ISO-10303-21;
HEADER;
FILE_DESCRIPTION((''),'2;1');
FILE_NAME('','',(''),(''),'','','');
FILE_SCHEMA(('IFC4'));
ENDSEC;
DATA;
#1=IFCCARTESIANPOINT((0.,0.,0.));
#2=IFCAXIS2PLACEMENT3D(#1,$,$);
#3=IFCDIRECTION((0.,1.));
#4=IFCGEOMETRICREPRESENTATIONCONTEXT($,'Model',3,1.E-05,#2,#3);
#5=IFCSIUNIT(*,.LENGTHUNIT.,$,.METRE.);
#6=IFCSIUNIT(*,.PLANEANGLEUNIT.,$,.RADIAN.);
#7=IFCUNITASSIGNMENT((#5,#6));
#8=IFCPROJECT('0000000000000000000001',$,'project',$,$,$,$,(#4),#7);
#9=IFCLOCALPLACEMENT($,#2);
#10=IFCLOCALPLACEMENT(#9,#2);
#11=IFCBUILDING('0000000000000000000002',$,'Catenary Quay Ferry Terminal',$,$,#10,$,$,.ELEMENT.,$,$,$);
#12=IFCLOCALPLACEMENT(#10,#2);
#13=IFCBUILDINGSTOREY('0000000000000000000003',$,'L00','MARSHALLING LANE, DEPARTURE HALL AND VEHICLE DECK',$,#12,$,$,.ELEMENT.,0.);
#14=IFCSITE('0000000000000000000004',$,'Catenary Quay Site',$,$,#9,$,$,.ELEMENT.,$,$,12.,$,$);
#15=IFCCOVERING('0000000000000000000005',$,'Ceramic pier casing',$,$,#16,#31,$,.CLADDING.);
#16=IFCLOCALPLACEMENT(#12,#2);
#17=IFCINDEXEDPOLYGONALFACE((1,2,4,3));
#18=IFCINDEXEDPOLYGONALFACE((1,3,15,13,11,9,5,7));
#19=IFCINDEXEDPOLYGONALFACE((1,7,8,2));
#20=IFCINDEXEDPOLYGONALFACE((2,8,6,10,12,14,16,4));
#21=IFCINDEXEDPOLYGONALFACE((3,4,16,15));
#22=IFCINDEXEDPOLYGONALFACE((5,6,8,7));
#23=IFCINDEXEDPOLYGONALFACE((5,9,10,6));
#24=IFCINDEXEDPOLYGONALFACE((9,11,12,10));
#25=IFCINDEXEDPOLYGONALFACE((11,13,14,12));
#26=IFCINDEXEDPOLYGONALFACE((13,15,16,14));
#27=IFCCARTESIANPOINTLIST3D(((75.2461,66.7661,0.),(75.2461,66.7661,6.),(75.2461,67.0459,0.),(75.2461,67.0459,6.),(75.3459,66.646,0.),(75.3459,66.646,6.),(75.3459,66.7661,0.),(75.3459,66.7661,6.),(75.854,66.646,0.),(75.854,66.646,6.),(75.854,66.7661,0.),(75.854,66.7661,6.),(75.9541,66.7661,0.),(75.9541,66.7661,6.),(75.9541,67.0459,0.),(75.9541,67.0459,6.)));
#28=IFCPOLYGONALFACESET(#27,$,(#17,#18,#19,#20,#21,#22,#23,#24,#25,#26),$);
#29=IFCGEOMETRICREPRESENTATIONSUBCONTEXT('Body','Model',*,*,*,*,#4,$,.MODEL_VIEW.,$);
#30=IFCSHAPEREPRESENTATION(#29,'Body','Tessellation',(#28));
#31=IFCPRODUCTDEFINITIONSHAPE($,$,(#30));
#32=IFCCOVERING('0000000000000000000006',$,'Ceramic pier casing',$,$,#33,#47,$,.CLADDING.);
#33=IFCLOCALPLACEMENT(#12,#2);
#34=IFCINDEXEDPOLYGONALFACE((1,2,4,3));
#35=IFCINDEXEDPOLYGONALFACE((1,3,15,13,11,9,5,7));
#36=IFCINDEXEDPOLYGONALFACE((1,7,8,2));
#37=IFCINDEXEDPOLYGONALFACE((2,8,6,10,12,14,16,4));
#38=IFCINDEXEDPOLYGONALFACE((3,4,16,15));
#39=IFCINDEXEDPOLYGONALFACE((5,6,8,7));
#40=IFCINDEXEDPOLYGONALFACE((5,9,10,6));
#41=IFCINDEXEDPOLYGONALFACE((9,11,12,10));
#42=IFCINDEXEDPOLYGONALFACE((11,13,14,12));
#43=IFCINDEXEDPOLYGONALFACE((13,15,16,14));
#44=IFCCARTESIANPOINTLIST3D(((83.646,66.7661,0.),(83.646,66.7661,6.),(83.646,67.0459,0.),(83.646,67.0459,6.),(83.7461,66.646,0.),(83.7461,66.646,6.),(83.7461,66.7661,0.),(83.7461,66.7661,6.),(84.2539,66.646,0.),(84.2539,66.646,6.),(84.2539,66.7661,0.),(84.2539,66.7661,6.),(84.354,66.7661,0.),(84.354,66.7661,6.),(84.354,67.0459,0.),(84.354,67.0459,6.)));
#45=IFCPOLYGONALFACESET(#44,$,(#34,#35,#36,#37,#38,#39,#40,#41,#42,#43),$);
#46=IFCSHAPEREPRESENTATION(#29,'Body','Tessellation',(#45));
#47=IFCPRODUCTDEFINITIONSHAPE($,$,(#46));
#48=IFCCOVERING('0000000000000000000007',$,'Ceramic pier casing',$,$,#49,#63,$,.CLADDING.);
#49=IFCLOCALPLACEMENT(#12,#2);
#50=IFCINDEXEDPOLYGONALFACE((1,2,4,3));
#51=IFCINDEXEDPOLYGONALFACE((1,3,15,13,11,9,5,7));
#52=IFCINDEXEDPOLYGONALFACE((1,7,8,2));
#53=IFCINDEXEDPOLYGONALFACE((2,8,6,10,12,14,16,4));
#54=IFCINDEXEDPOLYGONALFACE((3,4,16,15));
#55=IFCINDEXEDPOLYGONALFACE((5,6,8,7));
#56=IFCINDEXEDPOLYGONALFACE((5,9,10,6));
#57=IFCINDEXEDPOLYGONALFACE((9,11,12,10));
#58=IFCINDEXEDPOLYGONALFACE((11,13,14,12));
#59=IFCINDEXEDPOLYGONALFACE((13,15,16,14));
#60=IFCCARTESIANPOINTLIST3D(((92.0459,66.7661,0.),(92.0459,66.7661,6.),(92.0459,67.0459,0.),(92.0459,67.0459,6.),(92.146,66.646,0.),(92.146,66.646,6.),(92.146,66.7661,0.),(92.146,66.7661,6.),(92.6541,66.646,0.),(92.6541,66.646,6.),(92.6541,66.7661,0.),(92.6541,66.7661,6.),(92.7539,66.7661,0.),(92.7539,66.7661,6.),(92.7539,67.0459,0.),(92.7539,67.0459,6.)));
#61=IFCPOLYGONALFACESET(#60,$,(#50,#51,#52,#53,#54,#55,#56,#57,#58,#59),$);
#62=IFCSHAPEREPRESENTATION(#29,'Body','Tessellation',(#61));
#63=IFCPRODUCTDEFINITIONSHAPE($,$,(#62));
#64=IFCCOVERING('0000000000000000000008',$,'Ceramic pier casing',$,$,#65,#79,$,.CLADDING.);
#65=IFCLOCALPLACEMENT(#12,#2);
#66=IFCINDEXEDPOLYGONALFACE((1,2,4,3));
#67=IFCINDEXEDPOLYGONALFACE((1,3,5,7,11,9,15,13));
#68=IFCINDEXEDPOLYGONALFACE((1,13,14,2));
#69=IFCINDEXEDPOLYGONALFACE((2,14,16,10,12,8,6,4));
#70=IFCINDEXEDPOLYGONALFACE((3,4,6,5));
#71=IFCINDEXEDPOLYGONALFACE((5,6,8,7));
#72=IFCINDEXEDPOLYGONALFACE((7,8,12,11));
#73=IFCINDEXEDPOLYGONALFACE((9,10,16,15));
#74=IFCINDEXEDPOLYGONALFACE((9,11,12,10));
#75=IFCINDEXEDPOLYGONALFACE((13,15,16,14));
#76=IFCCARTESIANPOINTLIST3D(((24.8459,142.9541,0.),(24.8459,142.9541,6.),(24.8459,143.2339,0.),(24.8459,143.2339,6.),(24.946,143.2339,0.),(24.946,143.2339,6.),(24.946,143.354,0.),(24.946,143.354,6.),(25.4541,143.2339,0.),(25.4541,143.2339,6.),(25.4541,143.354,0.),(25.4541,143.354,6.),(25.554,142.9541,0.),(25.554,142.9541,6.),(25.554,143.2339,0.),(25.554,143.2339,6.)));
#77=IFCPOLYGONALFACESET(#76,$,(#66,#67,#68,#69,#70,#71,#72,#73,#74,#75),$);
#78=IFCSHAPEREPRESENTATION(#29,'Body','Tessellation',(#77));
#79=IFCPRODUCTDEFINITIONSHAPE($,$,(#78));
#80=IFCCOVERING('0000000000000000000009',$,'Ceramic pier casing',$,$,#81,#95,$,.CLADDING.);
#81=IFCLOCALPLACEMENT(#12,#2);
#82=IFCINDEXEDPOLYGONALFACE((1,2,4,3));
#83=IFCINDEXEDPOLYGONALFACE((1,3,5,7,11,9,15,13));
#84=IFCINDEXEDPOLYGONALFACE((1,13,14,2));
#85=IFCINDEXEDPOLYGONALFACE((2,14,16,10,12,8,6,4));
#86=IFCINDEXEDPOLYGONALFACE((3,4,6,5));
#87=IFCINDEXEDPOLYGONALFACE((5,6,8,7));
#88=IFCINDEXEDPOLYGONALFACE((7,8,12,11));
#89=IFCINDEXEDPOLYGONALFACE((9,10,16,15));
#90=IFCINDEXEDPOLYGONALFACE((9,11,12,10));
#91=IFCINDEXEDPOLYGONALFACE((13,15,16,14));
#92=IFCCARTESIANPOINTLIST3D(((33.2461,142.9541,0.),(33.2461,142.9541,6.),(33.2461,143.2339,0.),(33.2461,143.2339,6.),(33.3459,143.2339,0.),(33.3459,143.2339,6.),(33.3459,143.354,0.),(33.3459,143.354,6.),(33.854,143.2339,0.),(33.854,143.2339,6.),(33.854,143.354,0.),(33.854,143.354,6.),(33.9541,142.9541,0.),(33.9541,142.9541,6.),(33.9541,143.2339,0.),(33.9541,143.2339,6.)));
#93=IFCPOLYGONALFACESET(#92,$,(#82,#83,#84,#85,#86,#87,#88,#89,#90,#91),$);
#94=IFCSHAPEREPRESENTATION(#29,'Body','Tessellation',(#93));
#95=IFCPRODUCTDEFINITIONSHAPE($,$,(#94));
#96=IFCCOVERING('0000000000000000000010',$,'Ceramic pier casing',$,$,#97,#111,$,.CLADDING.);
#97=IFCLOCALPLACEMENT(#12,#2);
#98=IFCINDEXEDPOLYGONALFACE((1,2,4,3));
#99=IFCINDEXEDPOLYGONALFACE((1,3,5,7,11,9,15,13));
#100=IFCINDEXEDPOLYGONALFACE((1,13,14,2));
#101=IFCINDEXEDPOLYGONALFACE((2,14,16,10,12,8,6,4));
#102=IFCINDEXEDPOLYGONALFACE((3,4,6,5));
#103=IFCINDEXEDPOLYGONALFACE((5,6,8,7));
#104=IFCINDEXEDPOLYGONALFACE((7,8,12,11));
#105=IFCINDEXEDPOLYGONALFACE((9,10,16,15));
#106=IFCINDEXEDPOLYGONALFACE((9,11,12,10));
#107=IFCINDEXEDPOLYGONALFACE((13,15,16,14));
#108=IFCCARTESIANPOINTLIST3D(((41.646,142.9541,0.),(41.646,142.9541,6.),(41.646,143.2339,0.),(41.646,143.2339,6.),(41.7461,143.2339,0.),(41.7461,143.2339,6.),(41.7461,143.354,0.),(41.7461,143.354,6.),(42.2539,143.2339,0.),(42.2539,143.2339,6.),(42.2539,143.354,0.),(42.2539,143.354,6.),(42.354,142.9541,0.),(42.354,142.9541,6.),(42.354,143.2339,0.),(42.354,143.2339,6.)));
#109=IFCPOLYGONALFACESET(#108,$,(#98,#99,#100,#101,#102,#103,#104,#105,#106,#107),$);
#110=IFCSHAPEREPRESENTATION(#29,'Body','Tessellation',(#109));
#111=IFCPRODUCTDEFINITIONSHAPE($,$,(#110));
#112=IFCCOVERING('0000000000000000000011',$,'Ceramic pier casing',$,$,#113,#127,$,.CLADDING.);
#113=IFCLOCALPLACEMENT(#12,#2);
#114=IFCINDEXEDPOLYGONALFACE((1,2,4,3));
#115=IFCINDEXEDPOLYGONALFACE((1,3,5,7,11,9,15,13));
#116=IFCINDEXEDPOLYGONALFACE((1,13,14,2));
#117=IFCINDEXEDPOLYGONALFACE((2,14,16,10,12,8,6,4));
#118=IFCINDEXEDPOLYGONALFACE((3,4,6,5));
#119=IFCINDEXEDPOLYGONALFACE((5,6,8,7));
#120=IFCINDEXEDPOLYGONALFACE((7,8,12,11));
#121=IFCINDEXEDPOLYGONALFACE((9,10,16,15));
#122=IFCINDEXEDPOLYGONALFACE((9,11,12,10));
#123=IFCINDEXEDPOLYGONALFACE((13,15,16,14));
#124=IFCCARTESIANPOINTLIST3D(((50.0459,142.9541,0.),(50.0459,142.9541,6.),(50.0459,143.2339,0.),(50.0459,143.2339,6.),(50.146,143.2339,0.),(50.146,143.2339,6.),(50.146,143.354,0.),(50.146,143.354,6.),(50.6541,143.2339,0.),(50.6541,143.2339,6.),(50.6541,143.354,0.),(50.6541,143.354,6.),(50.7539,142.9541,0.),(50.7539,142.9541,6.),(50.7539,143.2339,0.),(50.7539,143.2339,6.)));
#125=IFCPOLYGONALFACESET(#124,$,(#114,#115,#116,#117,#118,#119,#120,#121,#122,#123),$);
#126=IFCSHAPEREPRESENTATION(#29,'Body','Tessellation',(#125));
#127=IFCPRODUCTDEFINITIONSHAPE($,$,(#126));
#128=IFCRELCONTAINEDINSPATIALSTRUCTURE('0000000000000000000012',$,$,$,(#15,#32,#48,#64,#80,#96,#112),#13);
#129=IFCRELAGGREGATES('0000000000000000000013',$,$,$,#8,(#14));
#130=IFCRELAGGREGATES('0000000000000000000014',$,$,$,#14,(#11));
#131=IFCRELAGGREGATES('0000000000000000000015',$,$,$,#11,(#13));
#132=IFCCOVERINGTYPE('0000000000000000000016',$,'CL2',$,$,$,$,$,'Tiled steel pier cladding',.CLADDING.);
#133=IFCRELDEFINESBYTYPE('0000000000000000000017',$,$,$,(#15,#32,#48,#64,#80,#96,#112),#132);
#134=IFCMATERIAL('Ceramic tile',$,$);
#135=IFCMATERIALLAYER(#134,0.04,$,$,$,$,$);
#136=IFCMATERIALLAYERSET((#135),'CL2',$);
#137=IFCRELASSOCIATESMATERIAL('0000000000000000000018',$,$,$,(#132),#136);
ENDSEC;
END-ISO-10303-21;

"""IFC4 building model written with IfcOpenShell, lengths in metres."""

from ifc_helpers import new_model, si_unit, direction, origin, place, context, subcontext, project, spatial, polyline, outline, extrude, material, layer, layer_set, type_object, element, save


model = new_model("IFC4")

# Units and contexts
model_context = context("Model", 3, precision=1e-05, world=origin(), true_north=direction((0.0, 1.0)))
body_context = subcontext(model_context, "Body", "Model", "MODEL_VIEW")
ifc_project = project(units=[si_unit("LENGTHUNIT", "METRE"), si_unit("PLANEANGLEUNIT", "RADIAN")], contexts=[model_context])

# Site, building, storey
site_placement = place(None, origin())
site = spatial("IfcSite", under=ifc_project, at=site_placement, Name="Catenary Quay Site", CompositionType="ELEMENT", RefElevation=12.0)
building_placement = place(site_placement, origin())
building = spatial("IfcBuilding", under=site, at=building_placement, Name="Catenary Quay Ferry Terminal", CompositionType="ELEMENT")
storey_placement = place(building_placement, origin())
storey = spatial("IfcBuildingStorey", under=building, at=storey_placement, Name="L00", Description="MARSHALLING LANE, DEPARTURE HALL AND VEHICLE DECK", CompositionType="ELEMENT", Elevation=0.0)

# Coverings
ifc_material = material(Name="Ceramic tile")
ifc_layer = layer(ifc_material, 0.04)
ifc_layer_set = layer_set([ifc_layer], Name="CL2")
covering_type = type_object("IfcCoveringType", Name="CL2", ElementType="Tiled steel pier cladding", PredefinedType="CLADDING", material=ifc_layer_set)
covering_1_placement = place(storey_placement, origin())
element("IfcCovering", 1, at=covering_1_placement, inside=storey, type_object=covering_type, Name="Ceramic pier casing", PredefinedType="CLADDING", context=body_context, shape_type="SweptSolid", body=[
    extrude(outline(polyline([(75.2461, 67.0459), (75.2461, 66.7661), (75.3459, 66.7661), (75.3459, 66.646), (75.854, 66.646), (75.854, 66.7661), (75.9541, 66.7661), (75.9541, 67.0459), (75.2461, 67.0459)])), origin(), (0.0, 0.0, 1.0), 6.0),
])
covering_2_placement = place(storey_placement, origin())
element("IfcCovering", 2, at=covering_2_placement, inside=storey, type_object=covering_type, Name="Ceramic pier casing", PredefinedType="CLADDING", context=body_context, shape_type="SweptSolid", body=[
    extrude(outline(polyline([(83.646, 67.0459), (83.646, 66.7661), (83.7461, 66.7661), (83.7461, 66.646), (84.2539, 66.646), (84.2539, 66.7661), (84.354, 66.7661), (84.354, 67.0459), (83.646, 67.0459)])), origin(), (0.0, 0.0, 1.0), 6.0),
])
covering_3_placement = place(storey_placement, origin())
element("IfcCovering", 3, at=covering_3_placement, inside=storey, type_object=covering_type, Name="Ceramic pier casing", PredefinedType="CLADDING", context=body_context, shape_type="SweptSolid", body=[
    extrude(outline(polyline([(92.0459, 67.0459), (92.0459, 66.7661), (92.146, 66.7661), (92.146, 66.646), (92.6541, 66.646), (92.6541, 66.7661), (92.7539, 66.7661), (92.7539, 67.0459), (92.0459, 67.0459)])), origin(), (0.0, 0.0, 1.0), 6.0),
])
covering_4_placement = place(storey_placement, origin())
element("IfcCovering", 4, at=covering_4_placement, inside=storey, type_object=covering_type, Name="Ceramic pier casing", PredefinedType="CLADDING", context=body_context, shape_type="SweptSolid", body=[
    extrude(outline(polyline([(25.554, 142.9541), (25.554, 143.2339), (25.4541, 143.2339), (25.4541, 143.354), (24.946, 143.354), (24.946, 143.2339), (24.8459, 143.2339), (24.8459, 142.9541), (25.554, 142.9541)])), origin(), (0.0, 0.0, 1.0), 6.0),
])
covering_5_placement = place(storey_placement, origin())
element("IfcCovering", 5, at=covering_5_placement, inside=storey, type_object=covering_type, Name="Ceramic pier casing", PredefinedType="CLADDING", context=body_context, shape_type="SweptSolid", body=[
    extrude(outline(polyline([(33.9541, 142.9541), (33.9541, 143.2339), (33.854, 143.2339), (33.854, 143.354), (33.3459, 143.354), (33.3459, 143.2339), (33.2461, 143.2339), (33.2461, 142.9541), (33.9541, 142.9541)])), origin(), (0.0, 0.0, 1.0), 6.0),
])
covering_6_placement = place(storey_placement, origin())
element("IfcCovering", 6, at=covering_6_placement, inside=storey, type_object=covering_type, Name="Ceramic pier casing", PredefinedType="CLADDING", context=body_context, shape_type="SweptSolid", body=[
    extrude(outline(polyline([(42.354, 142.9541), (42.354, 143.2339), (42.2539, 143.2339), (42.2539, 143.354), (41.7461, 143.354), (41.7461, 143.2339), (41.646, 143.2339), (41.646, 142.9541), (42.354, 142.9541)])), origin(), (0.0, 0.0, 1.0), 6.0),
])
covering_7_placement = place(storey_placement, origin())
element("IfcCovering", 7, at=covering_7_placement, inside=storey, type_object=covering_type, Name="Ceramic pier casing", PredefinedType="CLADDING", context=body_context, shape_type="SweptSolid", body=[
    extrude(outline(polyline([(50.7539, 142.9541), (50.7539, 143.2339), (50.6541, 143.2339), (50.6541, 143.354), (50.146, 143.354), (50.146, 143.2339), (50.0459, 143.2339), (50.0459, 142.9541), (50.7539, 142.9541)])), origin(), (0.0, 0.0, 1.0), 6.0),
])

save(model, "model.ifc")
